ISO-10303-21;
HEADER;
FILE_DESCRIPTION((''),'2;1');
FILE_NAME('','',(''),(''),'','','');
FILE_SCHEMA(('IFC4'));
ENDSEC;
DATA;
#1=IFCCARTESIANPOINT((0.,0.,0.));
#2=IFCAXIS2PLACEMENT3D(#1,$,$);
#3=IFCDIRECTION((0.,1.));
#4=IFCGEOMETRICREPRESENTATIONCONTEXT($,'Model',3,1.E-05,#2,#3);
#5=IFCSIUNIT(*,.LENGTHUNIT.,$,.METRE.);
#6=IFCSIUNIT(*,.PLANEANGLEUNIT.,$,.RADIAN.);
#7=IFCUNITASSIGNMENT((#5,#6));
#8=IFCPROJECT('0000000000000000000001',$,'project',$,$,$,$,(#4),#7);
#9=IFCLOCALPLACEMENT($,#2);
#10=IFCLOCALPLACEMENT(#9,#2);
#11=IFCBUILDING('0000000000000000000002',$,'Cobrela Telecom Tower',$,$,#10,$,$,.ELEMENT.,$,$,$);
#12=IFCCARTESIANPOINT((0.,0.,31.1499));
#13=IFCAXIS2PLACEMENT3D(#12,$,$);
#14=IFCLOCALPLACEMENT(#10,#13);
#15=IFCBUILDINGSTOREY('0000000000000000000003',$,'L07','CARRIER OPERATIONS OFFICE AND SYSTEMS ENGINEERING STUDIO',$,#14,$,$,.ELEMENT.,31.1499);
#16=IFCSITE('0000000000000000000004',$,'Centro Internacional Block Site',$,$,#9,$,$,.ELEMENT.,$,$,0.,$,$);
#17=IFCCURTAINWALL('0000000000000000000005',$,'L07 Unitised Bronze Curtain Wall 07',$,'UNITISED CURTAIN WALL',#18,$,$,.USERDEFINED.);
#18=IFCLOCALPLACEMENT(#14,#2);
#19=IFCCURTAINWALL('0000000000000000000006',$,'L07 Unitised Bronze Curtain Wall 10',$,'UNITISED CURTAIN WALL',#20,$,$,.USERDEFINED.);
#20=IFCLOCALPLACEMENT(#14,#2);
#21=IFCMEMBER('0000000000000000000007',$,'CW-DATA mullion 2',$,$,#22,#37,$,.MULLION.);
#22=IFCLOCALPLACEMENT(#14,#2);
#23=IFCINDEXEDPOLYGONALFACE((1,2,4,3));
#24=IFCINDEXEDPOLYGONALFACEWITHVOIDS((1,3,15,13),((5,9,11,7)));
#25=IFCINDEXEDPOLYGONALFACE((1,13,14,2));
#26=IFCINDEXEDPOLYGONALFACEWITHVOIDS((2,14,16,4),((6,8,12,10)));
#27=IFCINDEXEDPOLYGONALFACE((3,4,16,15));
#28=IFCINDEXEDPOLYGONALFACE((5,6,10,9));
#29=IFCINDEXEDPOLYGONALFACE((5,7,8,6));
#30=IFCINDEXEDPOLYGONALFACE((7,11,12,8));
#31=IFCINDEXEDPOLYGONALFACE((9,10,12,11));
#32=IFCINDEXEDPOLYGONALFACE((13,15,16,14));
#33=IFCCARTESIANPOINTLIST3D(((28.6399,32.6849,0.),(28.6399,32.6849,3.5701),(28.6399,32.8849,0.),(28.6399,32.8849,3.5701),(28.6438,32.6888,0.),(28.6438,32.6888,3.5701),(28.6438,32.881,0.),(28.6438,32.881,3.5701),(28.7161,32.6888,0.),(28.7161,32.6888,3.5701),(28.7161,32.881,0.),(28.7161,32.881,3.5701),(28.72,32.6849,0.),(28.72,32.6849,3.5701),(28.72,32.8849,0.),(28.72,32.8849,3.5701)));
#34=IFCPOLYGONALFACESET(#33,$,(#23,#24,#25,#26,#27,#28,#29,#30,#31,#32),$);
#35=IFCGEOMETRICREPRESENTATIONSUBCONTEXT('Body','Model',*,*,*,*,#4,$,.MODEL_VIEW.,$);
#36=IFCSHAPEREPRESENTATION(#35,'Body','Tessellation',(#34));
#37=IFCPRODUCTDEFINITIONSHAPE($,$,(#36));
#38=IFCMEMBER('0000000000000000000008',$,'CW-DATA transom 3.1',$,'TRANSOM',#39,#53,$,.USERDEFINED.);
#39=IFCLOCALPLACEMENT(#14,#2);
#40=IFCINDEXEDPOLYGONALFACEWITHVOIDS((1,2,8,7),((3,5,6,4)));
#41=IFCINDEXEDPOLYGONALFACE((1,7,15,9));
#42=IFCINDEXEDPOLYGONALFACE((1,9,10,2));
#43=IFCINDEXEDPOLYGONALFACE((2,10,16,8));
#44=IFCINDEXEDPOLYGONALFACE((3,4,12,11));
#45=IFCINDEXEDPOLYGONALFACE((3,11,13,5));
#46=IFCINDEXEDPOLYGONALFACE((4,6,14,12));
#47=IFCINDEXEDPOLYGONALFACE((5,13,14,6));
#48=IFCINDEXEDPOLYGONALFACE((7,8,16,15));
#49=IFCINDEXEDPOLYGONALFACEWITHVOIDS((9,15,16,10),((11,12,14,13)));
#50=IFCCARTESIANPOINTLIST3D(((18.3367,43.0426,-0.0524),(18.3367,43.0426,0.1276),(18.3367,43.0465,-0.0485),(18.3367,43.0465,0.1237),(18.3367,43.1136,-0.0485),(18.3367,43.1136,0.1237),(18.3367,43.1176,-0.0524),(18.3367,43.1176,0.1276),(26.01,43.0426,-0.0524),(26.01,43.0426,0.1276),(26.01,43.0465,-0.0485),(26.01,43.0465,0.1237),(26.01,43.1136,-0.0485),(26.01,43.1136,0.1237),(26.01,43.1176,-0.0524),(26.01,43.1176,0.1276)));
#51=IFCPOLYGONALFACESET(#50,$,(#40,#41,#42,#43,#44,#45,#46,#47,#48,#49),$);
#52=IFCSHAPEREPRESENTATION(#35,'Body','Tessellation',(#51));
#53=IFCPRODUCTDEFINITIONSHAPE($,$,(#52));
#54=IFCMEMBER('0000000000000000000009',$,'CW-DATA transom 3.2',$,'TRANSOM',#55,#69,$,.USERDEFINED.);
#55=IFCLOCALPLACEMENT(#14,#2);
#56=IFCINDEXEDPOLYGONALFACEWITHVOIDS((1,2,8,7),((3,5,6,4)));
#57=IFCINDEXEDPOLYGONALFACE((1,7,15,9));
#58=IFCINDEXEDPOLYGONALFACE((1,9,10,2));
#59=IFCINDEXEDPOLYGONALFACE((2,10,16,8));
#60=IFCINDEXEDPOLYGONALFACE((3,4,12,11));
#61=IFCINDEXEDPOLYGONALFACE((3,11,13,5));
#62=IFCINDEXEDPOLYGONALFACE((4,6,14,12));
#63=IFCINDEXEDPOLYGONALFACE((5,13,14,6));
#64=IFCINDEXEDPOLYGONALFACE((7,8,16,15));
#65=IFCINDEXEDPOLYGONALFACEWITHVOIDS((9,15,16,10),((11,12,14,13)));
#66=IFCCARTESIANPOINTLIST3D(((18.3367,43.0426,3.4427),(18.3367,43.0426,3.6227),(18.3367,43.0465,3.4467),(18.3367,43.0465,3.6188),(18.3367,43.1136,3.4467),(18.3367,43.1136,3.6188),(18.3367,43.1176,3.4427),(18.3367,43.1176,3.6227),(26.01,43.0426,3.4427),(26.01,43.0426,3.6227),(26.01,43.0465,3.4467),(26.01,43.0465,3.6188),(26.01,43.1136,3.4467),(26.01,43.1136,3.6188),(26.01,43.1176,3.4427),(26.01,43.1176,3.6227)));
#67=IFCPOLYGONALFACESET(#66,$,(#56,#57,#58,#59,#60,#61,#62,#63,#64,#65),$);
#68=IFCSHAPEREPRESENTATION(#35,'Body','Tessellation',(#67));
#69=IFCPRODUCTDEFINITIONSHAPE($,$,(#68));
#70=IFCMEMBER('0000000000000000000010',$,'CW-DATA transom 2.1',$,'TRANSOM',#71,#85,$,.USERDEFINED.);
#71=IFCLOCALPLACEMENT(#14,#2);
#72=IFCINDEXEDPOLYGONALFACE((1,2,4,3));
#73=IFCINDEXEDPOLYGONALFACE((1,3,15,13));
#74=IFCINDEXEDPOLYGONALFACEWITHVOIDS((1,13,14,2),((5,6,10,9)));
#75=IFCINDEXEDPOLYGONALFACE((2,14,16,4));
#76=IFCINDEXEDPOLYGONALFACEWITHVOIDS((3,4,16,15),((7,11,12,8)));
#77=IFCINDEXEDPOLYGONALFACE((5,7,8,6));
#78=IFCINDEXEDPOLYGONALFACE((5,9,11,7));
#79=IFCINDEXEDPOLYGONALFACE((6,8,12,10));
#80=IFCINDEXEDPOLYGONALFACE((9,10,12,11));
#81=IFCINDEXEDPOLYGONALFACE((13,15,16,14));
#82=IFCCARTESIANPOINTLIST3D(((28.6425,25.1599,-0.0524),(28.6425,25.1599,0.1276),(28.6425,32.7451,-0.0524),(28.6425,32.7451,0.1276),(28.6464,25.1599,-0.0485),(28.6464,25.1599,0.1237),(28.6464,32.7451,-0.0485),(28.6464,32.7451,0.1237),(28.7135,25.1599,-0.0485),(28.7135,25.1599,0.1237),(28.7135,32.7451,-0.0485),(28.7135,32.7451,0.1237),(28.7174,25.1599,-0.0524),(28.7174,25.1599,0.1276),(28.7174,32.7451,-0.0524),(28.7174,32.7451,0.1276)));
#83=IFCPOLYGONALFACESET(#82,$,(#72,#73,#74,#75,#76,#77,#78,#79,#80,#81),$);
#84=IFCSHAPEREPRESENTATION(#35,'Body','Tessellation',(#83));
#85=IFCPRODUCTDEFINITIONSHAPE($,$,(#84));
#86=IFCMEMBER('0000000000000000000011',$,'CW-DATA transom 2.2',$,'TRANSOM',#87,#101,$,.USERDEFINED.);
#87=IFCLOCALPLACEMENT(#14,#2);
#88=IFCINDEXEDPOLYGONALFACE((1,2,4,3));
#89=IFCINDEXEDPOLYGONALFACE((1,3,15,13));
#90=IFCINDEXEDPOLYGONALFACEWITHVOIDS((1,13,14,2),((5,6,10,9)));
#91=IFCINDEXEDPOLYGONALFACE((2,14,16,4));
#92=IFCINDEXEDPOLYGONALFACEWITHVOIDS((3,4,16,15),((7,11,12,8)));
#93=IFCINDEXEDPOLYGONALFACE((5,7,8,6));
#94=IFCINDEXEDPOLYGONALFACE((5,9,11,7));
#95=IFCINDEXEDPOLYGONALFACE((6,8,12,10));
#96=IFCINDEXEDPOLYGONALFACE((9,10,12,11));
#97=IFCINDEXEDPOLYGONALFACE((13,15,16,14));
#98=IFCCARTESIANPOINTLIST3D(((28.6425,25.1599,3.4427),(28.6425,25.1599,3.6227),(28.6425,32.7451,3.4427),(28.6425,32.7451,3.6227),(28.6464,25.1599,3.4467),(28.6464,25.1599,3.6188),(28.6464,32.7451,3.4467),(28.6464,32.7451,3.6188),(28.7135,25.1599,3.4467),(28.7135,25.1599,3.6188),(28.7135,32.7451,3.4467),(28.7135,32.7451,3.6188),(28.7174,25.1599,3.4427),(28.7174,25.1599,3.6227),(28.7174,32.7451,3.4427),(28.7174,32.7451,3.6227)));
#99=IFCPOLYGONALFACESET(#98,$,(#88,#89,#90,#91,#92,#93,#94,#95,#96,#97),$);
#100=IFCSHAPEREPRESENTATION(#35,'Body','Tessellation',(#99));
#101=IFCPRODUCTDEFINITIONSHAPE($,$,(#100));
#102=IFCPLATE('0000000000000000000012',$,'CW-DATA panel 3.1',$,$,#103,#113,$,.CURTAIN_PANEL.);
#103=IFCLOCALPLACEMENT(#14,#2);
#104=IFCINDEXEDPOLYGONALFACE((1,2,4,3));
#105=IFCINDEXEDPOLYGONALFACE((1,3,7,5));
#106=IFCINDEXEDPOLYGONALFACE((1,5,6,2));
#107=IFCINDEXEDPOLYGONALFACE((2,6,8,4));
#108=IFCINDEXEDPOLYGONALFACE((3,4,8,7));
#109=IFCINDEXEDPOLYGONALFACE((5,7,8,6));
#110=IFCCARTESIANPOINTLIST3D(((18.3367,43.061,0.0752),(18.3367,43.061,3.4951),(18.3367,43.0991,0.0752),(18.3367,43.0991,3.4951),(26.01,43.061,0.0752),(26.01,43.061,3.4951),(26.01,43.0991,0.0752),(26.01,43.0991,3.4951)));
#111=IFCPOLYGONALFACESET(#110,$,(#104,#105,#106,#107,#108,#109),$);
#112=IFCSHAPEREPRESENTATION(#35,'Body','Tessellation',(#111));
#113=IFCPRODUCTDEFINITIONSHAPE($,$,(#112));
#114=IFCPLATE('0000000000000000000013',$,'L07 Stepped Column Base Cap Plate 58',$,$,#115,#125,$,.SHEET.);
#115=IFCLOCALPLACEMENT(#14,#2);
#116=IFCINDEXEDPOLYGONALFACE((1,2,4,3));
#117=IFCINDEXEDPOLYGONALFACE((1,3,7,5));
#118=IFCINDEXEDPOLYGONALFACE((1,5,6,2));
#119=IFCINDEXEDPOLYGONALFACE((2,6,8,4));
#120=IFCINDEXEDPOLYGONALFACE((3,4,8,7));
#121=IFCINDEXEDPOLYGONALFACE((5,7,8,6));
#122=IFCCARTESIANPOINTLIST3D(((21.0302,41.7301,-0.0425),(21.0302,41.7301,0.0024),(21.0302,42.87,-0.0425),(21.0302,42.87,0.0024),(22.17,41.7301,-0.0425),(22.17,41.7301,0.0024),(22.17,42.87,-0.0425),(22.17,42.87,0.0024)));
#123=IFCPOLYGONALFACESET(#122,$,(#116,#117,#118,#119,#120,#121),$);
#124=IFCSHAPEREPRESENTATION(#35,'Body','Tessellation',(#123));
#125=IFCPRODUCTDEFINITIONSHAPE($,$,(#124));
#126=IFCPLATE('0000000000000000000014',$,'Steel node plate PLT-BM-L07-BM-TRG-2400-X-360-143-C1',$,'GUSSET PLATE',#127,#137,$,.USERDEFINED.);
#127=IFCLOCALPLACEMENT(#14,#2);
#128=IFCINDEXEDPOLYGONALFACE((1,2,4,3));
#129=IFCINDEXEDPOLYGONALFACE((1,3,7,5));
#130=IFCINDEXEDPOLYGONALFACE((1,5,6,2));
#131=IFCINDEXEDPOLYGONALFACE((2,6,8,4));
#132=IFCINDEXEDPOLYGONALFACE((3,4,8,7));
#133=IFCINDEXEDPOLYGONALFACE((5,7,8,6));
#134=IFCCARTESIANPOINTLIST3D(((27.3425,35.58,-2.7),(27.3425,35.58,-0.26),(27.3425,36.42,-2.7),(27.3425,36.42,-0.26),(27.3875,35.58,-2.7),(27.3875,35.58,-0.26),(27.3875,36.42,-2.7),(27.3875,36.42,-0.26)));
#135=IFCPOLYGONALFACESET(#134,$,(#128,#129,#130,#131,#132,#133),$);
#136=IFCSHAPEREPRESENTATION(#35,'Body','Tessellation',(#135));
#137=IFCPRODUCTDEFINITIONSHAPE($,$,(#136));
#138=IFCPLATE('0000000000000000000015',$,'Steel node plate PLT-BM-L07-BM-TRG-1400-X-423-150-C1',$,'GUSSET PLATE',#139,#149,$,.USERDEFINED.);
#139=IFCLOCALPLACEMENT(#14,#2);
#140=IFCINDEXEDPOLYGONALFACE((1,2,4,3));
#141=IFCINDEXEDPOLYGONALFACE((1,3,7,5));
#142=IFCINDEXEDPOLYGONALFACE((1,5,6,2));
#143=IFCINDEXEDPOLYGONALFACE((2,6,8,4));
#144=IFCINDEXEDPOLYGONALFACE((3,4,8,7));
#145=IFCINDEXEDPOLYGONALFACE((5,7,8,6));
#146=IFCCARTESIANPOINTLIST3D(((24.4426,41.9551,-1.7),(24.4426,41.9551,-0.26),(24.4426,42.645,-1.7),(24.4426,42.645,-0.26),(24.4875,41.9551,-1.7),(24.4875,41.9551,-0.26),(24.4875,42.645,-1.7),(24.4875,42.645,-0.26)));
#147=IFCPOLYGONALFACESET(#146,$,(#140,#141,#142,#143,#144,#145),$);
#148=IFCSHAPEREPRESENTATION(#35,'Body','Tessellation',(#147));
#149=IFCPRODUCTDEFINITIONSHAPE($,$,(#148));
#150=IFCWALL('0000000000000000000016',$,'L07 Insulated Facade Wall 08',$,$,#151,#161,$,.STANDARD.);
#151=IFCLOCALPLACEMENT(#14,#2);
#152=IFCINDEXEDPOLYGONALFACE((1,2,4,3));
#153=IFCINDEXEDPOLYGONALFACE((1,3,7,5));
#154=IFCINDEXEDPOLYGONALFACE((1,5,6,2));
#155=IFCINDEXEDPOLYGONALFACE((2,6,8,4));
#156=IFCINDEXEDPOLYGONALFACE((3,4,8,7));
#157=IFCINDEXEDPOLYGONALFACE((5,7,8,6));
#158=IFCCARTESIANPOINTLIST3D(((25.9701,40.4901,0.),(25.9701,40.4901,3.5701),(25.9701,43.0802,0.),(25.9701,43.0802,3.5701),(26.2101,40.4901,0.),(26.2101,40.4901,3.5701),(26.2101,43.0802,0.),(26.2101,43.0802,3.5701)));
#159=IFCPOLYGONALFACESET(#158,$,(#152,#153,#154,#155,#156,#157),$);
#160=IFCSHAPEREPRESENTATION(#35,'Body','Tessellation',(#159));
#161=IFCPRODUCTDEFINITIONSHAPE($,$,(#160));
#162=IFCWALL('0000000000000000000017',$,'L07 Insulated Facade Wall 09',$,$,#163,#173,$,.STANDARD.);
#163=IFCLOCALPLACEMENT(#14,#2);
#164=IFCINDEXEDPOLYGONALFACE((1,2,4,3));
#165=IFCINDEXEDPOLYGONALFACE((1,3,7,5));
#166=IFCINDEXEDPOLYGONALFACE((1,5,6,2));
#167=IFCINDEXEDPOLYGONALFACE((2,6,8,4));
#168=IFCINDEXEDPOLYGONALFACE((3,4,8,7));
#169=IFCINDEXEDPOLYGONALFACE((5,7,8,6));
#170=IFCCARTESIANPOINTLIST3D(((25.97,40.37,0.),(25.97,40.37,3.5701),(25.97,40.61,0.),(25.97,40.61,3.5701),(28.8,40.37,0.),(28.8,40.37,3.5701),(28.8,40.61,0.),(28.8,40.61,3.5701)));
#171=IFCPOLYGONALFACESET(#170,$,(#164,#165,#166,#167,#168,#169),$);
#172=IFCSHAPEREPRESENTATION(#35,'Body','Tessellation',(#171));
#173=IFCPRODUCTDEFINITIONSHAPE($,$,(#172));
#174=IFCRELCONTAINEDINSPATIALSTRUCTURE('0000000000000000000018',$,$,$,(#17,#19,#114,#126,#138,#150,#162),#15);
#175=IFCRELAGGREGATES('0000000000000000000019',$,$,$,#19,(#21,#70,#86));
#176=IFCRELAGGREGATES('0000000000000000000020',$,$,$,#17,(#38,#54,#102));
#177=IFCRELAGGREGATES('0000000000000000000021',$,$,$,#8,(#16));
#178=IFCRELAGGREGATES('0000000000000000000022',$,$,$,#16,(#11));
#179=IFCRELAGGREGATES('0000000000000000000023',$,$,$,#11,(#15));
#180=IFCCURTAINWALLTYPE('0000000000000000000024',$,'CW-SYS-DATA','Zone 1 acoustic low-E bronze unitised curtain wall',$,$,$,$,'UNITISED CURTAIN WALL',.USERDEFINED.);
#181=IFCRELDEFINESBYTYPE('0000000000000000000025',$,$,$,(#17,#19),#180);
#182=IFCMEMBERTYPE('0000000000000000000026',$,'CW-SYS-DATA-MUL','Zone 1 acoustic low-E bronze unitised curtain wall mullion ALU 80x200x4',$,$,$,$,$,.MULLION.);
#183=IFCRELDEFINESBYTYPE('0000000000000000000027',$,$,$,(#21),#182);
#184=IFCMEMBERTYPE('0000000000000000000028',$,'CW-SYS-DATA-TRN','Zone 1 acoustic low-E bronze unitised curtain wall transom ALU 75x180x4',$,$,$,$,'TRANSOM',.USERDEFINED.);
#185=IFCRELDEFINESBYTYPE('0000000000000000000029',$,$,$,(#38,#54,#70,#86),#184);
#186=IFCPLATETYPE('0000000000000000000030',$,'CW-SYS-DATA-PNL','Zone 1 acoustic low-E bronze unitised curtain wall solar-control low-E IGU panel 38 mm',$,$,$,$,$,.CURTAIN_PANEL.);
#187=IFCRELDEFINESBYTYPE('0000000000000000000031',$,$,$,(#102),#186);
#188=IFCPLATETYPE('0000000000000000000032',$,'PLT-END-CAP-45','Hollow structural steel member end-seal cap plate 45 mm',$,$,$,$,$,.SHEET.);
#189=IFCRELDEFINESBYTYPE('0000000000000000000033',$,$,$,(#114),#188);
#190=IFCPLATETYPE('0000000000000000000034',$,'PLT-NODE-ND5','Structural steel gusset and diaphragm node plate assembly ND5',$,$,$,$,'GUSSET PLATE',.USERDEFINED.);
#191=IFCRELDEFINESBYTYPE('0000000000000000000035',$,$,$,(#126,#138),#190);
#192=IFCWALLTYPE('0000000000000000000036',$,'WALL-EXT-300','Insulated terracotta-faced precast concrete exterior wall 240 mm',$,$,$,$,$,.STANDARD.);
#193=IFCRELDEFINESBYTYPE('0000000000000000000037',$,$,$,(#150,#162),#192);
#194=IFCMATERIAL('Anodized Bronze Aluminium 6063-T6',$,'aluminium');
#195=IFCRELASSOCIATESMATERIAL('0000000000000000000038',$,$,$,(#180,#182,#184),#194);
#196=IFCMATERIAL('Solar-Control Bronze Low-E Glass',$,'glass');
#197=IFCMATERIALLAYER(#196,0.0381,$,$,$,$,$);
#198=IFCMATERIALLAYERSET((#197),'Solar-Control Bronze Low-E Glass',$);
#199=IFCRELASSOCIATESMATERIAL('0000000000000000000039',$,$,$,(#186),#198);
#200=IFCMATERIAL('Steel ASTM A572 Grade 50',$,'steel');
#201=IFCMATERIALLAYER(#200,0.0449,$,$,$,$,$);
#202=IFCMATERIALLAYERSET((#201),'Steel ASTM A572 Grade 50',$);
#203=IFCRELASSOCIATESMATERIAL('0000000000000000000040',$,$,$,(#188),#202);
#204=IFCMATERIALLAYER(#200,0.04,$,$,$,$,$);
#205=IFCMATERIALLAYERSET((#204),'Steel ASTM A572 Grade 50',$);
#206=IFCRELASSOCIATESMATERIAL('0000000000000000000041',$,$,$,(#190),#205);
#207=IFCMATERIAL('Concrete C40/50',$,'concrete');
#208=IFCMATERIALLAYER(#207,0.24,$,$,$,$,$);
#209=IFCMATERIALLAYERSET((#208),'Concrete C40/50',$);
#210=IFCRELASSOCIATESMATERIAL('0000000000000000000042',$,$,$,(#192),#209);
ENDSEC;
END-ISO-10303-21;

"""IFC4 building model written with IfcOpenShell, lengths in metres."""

from ifc_helpers import new_model, si_unit, direction, frame, frame_2d, origin, origin_2d, place, context, subcontext, project, spatial, rectangle, hollow_rectangle, extrude, material, layer, layer_set, material_profile, profile_set, type_object, element, aggregate, save


model = new_model("IFC4")

# Units and contexts
model_context = context("Model", 3, precision=1e-05, world=origin(), true_north=direction((0.0, 1.0)))
body_context = subcontext(model_context, "Body", "Model", "MODEL_VIEW")
ifc_project = project(units=[si_unit("LENGTHUNIT", "METRE"), si_unit("PLANEANGLEUNIT", "RADIAN")], contexts=[model_context])

# Site, building, storey
site_placement = place(None, origin())
site = spatial("IfcSite", under=ifc_project, at=site_placement, Name="Centro Internacional Block Site", CompositionType="ELEMENT", RefElevation=0.0)
building_placement = place(site_placement, origin())
building = spatial("IfcBuilding", under=site, at=building_placement, Name="Cobrela Telecom Tower", CompositionType="ELEMENT")
storey_placement = place(building_placement, frame((0.0, 0.0, 31.1499)))
storey = spatial("IfcBuildingStorey", under=building, at=storey_placement, Name="L07", Description="CARRIER OPERATIONS OFFICE AND SYSTEMS ENGINEERING STUDIO", CompositionType="ELEMENT", Elevation=31.1499)

# Shared definitions
ifc_material_1 = material(Name="Steel ASTM A572 Grade 50", Category="steel")

# Curtain wall
ifc_material_2 = material(Name="Anodized Bronze Aluminium 6063-T6", Category="aluminium")
curtain_wall_type = type_object("IfcCurtainWallType", Name="CW-SYS-DATA", Description="Zone 1 acoustic low-E bronze unitised curtain wall", ElementType="UNITISED CURTAIN WALL", PredefinedType="USERDEFINED", material=ifc_material_2)
curtain_wall_1_placement = place(storey_placement, origin())
curtain_wall_1 = element("IfcCurtainWall", 1, at=curtain_wall_1_placement, inside=storey, type_object=curtain_wall_type, Name="L07 Unitised Bronze Curtain Wall 07", ObjectType="UNITISED CURTAIN WALL", PredefinedType="USERDEFINED")
ifc_material_profile_1 = material_profile(ifc_material_2, hollow_rectangle(XDim=0.0801, YDim=0.2, WallThickness=0.0039, at=origin_2d()), Name="ALU 80x200x4")
ifc_profile_set_1 = profile_set([ifc_material_profile_1], Name="Anodized Bronze Aluminium 6063-T6")
member_type_1 = type_object("IfcMemberType", Name="CW-SYS-DATA-MUL", Description="Zone 1 acoustic low-E bronze unitised curtain wall mullion ALU 80x200x4", PredefinedType="MULLION", material=ifc_profile_set_1)

# Curtain wall, member
curtain_wall_2_placement = place(storey_placement, origin())
curtain_wall_2 = element("IfcCurtainWall", 2, at=curtain_wall_2_placement, inside=storey, type_object=curtain_wall_type, Name="L07 Unitised Bronze Curtain Wall 10", ObjectType="UNITISED CURTAIN WALL", PredefinedType="USERDEFINED")
member_1_placement = place(storey_placement, frame((28.6799, 32.7849, 0.0), z_axis=(0.0, 0.0, 1.0), x_axis=(1.0, 0.0, 0.0)))
member_1 = element("IfcMember", 3, at=member_1_placement, type_object=member_type_1, Name="CW-DATA mullion 2", PredefinedType="MULLION", context=body_context, shape_type="SweptSolid", body=[
    extrude(hollow_rectangle(XDim=0.0801, YDim=0.2, WallThickness=0.0039, at=origin_2d()), origin(), (0.0, 0.0, 1.0), 3.5701),
])

# Members
ifc_material_profile_2 = material_profile(ifc_material_2, hollow_rectangle(XDim=0.075, YDim=0.1799, WallThickness=0.0039, at=origin_2d()), Name="ALU 75x180x4")
ifc_profile_set_2 = profile_set([ifc_material_profile_2], Name="Anodized Bronze Aluminium 6063-T6")
member_type_2 = type_object("IfcMemberType", Name="CW-SYS-DATA-TRN", Description="Zone 1 acoustic low-E bronze unitised curtain wall transom ALU 75x180x4", ElementType="TRANSOM", PredefinedType="USERDEFINED", material=ifc_profile_set_2)
member_2_placement = place(storey_placement, frame((18.3367, 43.0801, 0.0376), z_axis=(1.0, 0.0, 0.0), x_axis=(0.0, 1.0, 0.0)))
member_2 = element("IfcMember", 4, at=member_2_placement, type_object=member_type_2, Name="CW-DATA transom 3.1", ObjectType="TRANSOM", PredefinedType="USERDEFINED", context=body_context, shape_type="SweptSolid", body=[
    extrude(hollow_rectangle(XDim=0.075, YDim=0.1799, WallThickness=0.0039, at=origin_2d()), origin(), (0.0, 0.0, 1.0), 7.6733),
])
member_3_placement = place(storey_placement, frame((18.3367, 43.0801, 3.5327), z_axis=(1.0, 0.0, 0.0), x_axis=(0.0, 1.0, 0.0)))
member_3 = element("IfcMember", 5, at=member_3_placement, type_object=member_type_2, Name="CW-DATA transom 3.2", ObjectType="TRANSOM", PredefinedType="USERDEFINED", context=body_context, shape_type="SweptSolid", body=[
    extrude(hollow_rectangle(XDim=0.075, YDim=0.1799, WallThickness=0.0039, at=origin_2d()), origin(), (0.0, 0.0, 1.0), 7.6733),
])
member_4_placement = place(storey_placement, frame((28.6799, 32.7451, 0.0376), z_axis=(0.0, -1.0, 0.0), x_axis=(1.0, 0.0, 0.0)))
member_4 = element("IfcMember", 6, at=member_4_placement, type_object=member_type_2, Name="CW-DATA transom 2.1", ObjectType="TRANSOM", PredefinedType="USERDEFINED", context=body_context, shape_type="SweptSolid", body=[
    extrude(hollow_rectangle(XDim=0.075, YDim=0.1799, WallThickness=0.0039, at=origin_2d()), origin(), (0.0, 0.0, 1.0), 7.5852),
])
member_5_placement = place(storey_placement, frame((28.6799, 32.7451, 3.5327), z_axis=(0.0, -1.0, 0.0), x_axis=(1.0, 0.0, 0.0)))
member_5 = element("IfcMember", 7, at=member_5_placement, type_object=member_type_2, Name="CW-DATA transom 2.2", ObjectType="TRANSOM", PredefinedType="USERDEFINED", context=body_context, shape_type="SweptSolid", body=[
    extrude(hollow_rectangle(XDim=0.075, YDim=0.1799, WallThickness=0.0039, at=origin_2d()), origin(), (0.0, 0.0, 1.0), 7.5852),
])
aggregate(curtain_wall_2, [member_1, member_4, member_5])

# Plate
ifc_material_3 = material(Name="Solar-Control Bronze Low-E Glass", Category="glass")
ifc_layer_1 = layer(ifc_material_3, 0.0381)
ifc_layer_set_1 = layer_set([ifc_layer_1], Name="Solar-Control Bronze Low-E Glass")
plate_type_1 = type_object("IfcPlateType", Name="CW-SYS-DATA-PNL", Description="Zone 1 acoustic low-E bronze unitised curtain wall solar-control low-E IGU panel 38 mm", PredefinedType="CURTAIN_PANEL", material=ifc_layer_set_1)
plate_1_placement = place(storey_placement, frame((22.1733, 43.0801, 0.0752), z_axis=(0.0, 0.0, 1.0), x_axis=(1.0, 0.0, 0.0)))
plate_1 = element("IfcPlate", 8, at=plate_1_placement, type_object=plate_type_1, Name="CW-DATA panel 3.1", PredefinedType="CURTAIN_PANEL", context=body_context, shape_type="SweptSolid", body=[
    extrude(rectangle(XDim=7.6733, YDim=0.0381, at=origin_2d()), origin(), (0.0, 0.0, 1.0), 3.4199),
])
aggregate(curtain_wall_1, [member_2, member_3, plate_1])

# Plates
ifc_layer_2 = layer(ifc_material_1, 0.0449)
ifc_layer_set_2 = layer_set([ifc_layer_2], Name="Steel ASTM A572 Grade 50")
plate_type_2 = type_object("IfcPlateType", Name="PLT-END-CAP-45", Description="Hollow structural steel member end-seal cap plate 45 mm", PredefinedType="SHEET", material=ifc_layer_set_2)
plate_2_placement = place(storey_placement, frame((21.6001, 42.3, -0.0425), z_axis=(0.0, 0.0, 1.0), x_axis=(1.0, 0.0, 0.0)))
element("IfcPlate", 9, at=plate_2_placement, inside=storey, type_object=plate_type_2, Name="L07 Stepped Column Base Cap Plate 58", PredefinedType="SHEET", context=body_context, shape_type="SweptSolid", body=[
    extrude(rectangle(XDim=1.1399, YDim=1.1399, at=origin_2d()), origin(), (0.0, 0.0, 1.0), 0.0449),
])
ifc_layer_3 = layer(ifc_material_1, 0.04)
ifc_layer_set_3 = layer_set([ifc_layer_3], Name="Steel ASTM A572 Grade 50")
plate_type_3 = type_object("IfcPlateType", Name="PLT-NODE-ND5", Description="Structural steel gusset and diaphragm node plate assembly ND5", ElementType="GUSSET PLATE", PredefinedType="USERDEFINED", material=ifc_layer_set_3)
plate_3_placement = place(storey_placement, frame((27.365, 36.0, -2.7), z_axis=(0.0, 0.0, 1.0), x_axis=(1.0, 0.0, 0.0)))
element("IfcPlate", 10, at=plate_3_placement, inside=storey, type_object=plate_type_3, Name="Steel node plate PLT-BM-L07-BM-TRG-2400-X-360-143-C1", ObjectType="GUSSET PLATE", PredefinedType="USERDEFINED", context=body_context, shape_type="SweptSolid", body=[
    extrude(rectangle(XDim=0.0449, YDim=0.8401, at=origin_2d()), origin(), (0.0, 0.0, 1.0), 2.4399),
])
plate_4_placement = place(storey_placement, frame((24.4651, 42.3, -1.7), z_axis=(0.0, 0.0, 1.0), x_axis=(1.0, 0.0, 0.0)))
element("IfcPlate", 11, at=plate_4_placement, inside=storey, type_object=plate_type_3, Name="Steel node plate PLT-BM-L07-BM-TRG-1400-X-423-150-C1", ObjectType="GUSSET PLATE", PredefinedType="USERDEFINED", context=body_context, shape_type="SweptSolid", body=[
    extrude(rectangle(XDim=0.0449, YDim=0.6899, at=origin_2d()), origin(), (0.0, 0.0, 1.0), 1.4399),
])

# Walls
ifc_material_4 = material(Name="Concrete C40/50", Category="concrete")
ifc_layer_4 = layer(ifc_material_4, 0.24)
ifc_layer_set_4 = layer_set([ifc_layer_4], Name="Concrete C40/50")
wall_type = type_object("IfcWallType", Name="WALL-EXT-300", Description="Insulated terracotta-faced precast concrete exterior wall 240 mm", PredefinedType="STANDARD", material=ifc_layer_set_4)
wall_1_placement = place(storey_placement, frame((26.0901, 43.0801, 0.0), z_axis=(0.0, 0.0, 1.0), x_axis=(0.0, -1.0, 0.0)))
element("IfcWall", 12, at=wall_1_placement, inside=storey, type_object=wall_type, Name="L07 Insulated Facade Wall 08", PredefinedType="STANDARD", context=body_context, shape_type="SweptSolid", body=[
    extrude(rectangle(XDim=2.5901, YDim=0.24, at=frame_2d((1.2949, 0.0))), origin(), (0.0, 0.0, 1.0), 3.5701),
])
wall_2_placement = place(storey_placement, frame((25.97, 40.49, 0.0), z_axis=(0.0, 0.0, 1.0), x_axis=(1.0, 0.0, 0.0)))
element("IfcWall", 13, at=wall_2_placement, inside=storey, type_object=wall_type, Name="L07 Insulated Facade Wall 09", PredefinedType="STANDARD", context=body_context, shape_type="SweptSolid", body=[
    extrude(rectangle(XDim=2.8301, YDim=0.24, at=frame_2d((1.415, 0.0))), origin(), (0.0, 0.0, 1.0), 3.5701),
])

save(model, "model.ifc")
